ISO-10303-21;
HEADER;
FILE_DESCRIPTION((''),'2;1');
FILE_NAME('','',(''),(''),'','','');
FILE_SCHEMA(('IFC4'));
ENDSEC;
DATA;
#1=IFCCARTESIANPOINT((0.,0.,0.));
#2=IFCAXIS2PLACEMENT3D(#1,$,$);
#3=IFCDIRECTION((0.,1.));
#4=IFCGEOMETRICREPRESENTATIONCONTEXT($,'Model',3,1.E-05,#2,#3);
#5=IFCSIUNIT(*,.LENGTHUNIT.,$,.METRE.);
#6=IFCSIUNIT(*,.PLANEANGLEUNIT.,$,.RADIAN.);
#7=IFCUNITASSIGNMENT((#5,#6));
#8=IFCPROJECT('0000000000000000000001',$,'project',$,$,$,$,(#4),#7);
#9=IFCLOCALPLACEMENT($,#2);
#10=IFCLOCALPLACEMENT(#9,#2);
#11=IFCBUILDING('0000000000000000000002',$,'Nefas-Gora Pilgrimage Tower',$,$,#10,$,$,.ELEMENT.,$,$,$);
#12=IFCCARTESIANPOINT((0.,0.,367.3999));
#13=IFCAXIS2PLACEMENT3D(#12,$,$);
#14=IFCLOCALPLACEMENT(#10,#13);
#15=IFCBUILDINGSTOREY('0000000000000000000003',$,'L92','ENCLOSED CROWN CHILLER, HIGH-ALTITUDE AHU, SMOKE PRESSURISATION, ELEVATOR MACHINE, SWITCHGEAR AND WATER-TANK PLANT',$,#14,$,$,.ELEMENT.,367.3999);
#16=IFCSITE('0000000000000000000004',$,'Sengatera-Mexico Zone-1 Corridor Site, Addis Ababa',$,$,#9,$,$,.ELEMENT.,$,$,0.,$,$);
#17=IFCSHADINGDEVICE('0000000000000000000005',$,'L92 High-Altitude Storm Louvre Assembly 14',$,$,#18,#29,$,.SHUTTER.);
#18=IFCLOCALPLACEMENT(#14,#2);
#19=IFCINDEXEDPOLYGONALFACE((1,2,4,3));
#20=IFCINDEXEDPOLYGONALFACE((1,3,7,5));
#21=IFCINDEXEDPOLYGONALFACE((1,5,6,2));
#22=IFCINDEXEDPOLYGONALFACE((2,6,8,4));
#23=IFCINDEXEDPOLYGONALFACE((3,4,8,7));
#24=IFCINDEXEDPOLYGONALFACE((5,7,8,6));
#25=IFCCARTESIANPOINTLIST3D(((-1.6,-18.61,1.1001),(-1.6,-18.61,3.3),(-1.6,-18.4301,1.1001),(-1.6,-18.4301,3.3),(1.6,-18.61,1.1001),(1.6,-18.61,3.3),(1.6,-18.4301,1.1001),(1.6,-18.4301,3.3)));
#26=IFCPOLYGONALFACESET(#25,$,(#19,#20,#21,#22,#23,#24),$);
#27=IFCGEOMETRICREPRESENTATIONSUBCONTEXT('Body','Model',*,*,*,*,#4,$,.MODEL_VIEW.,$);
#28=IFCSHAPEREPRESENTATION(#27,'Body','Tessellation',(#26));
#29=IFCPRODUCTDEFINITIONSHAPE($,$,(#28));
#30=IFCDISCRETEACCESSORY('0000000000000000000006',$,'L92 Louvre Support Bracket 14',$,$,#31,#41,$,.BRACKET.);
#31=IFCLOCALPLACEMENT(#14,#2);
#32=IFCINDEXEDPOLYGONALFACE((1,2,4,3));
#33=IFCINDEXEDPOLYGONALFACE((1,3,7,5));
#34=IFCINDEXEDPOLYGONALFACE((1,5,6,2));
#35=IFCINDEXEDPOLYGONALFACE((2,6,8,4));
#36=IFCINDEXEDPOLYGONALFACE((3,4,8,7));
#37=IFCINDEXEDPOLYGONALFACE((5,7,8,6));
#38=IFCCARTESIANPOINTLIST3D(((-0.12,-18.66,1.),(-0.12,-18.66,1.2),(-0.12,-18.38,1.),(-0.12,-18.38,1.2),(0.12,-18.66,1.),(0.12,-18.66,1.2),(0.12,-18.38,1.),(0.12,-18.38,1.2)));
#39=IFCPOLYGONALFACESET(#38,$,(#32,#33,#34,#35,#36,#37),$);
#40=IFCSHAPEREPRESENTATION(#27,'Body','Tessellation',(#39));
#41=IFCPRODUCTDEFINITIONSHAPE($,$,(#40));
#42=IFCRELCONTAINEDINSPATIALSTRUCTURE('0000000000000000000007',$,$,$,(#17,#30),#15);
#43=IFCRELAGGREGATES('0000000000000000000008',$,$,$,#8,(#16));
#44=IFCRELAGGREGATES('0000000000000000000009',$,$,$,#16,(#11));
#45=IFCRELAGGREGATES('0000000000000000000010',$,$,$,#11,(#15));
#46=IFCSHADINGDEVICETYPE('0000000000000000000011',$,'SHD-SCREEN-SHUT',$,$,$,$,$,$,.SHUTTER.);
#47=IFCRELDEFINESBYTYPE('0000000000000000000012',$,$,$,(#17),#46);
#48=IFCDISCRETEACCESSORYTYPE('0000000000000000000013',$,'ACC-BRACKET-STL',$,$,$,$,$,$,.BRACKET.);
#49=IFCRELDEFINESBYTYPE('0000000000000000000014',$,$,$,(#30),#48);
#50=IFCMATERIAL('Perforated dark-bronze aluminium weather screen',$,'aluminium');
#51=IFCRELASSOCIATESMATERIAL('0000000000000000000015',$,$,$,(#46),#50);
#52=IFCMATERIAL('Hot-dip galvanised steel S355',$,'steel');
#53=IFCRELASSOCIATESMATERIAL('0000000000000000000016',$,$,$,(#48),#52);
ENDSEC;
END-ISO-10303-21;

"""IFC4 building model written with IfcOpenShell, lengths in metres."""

from ifc_helpers import new_model, si_unit, direction, frame, origin, origin_2d, place, context, subcontext, project, spatial, rectangle, extrude, source, transform, mapped, material, type_object, element, save


model = new_model("IFC4")

# Units and contexts
model_context = context("Model", 3, precision=1e-05, world=origin(), true_north=direction((0.0, 1.0)))
body_context = subcontext(model_context, "Body", "Model", "MODEL_VIEW")
ifc_project = project(units=[si_unit("LENGTHUNIT", "METRE"), si_unit("PLANEANGLEUNIT", "RADIAN")], contexts=[model_context])

# Site, building, storey
site_placement = place(None, origin())
site = spatial("IfcSite", under=ifc_project, at=site_placement, Name="Sengatera-Mexico Zone-1 Corridor Site, Addis Ababa", CompositionType="ELEMENT", RefElevation=0.0)
building_placement = place(site_placement, origin())
building = spatial("IfcBuilding", under=site, at=building_placement, Name="Nefas-Gora Pilgrimage Tower", CompositionType="ELEMENT")
storey_placement = place(building_placement, frame((0.0, 0.0, 367.3999)))
storey = spatial("IfcBuildingStorey", under=building, at=storey_placement, Name="L92", Description="ENCLOSED CROWN CHILLER, HIGH-ALTITUDE AHU, SMOKE PRESSURISATION, ELEVATOR MACHINE, SWITCHGEAR AND WATER-TANK PLANT", CompositionType="ELEMENT", Elevation=367.3999)

# Shading device
ifc_material_1 = material(Name="Perforated dark-bronze aluminium weather screen", Category="aluminium")
shading_device_type = type_object("IfcShadingDeviceType", Name="SHD-SCREEN-SHUT", PredefinedType="SHUTTER", material=ifc_material_1)
shared_shape_1 = source(origin(), body_context, "Body", "SweptSolid", [
    extrude(rectangle(XDim=3.2, YDim=0.1799, at=origin_2d()), origin(), (0.0, 0.0, 1.0), 2.2),
])
shading_device_placement = place(storey_placement, frame((0.0, -18.52, 1.1001), z_axis=(0.0, 0.0, 1.0), x_axis=(1.0, 0.0, 0.0)))
element("IfcShadingDevice", 1, at=shading_device_placement, inside=storey, type_object=shading_device_type, Name="L92 High-Altitude Storm Louvre Assembly 14", PredefinedType="SHUTTER", context=body_context, shape_type="MappedRepresentation", body=[
    mapped(shared_shape_1, transform((0.0, 0.0, 0.0), x_axis=(1.0, 0.0, 0.0), y_axis=(0.0, 1.0, 0.0), z_axis=(0.0, 0.0, 1.0), scale=1.0)),
])

# Discrete accessory
ifc_material_2 = material(Name="Hot-dip galvanised steel S355", Category="steel")
discrete_accessory_type = type_object("IfcDiscreteAccessoryType", Name="ACC-BRACKET-STL", PredefinedType="BRACKET", material=ifc_material_2)
shared_shape_2 = source(origin(), body_context, "Body", "SweptSolid", [
    extrude(rectangle(XDim=0.24, YDim=0.28, at=origin_2d()), origin(), (0.0, 0.0, 1.0), 0.2),
])
discrete_accessory_placement = place(storey_placement, frame((0.0, -18.52, 1.0), z_axis=(0.0, 0.0, 1.0), x_axis=(1.0, 0.0, 0.0)))
element("IfcDiscreteAccessory", 2, at=discrete_accessory_placement, inside=storey, type_object=discrete_accessory_type, Name="L92 Louvre Support Bracket 14", PredefinedType="BRACKET", context=body_context, shape_type="MappedRepresentation", body=[
    mapped(shared_shape_2, transform((0.0, 0.0, 0.0), x_axis=(1.0, 0.0, 0.0), y_axis=(0.0, 1.0, 0.0), z_axis=(0.0, 0.0, 1.0), scale=1.0)),
])

save(model, "model.ifc")
